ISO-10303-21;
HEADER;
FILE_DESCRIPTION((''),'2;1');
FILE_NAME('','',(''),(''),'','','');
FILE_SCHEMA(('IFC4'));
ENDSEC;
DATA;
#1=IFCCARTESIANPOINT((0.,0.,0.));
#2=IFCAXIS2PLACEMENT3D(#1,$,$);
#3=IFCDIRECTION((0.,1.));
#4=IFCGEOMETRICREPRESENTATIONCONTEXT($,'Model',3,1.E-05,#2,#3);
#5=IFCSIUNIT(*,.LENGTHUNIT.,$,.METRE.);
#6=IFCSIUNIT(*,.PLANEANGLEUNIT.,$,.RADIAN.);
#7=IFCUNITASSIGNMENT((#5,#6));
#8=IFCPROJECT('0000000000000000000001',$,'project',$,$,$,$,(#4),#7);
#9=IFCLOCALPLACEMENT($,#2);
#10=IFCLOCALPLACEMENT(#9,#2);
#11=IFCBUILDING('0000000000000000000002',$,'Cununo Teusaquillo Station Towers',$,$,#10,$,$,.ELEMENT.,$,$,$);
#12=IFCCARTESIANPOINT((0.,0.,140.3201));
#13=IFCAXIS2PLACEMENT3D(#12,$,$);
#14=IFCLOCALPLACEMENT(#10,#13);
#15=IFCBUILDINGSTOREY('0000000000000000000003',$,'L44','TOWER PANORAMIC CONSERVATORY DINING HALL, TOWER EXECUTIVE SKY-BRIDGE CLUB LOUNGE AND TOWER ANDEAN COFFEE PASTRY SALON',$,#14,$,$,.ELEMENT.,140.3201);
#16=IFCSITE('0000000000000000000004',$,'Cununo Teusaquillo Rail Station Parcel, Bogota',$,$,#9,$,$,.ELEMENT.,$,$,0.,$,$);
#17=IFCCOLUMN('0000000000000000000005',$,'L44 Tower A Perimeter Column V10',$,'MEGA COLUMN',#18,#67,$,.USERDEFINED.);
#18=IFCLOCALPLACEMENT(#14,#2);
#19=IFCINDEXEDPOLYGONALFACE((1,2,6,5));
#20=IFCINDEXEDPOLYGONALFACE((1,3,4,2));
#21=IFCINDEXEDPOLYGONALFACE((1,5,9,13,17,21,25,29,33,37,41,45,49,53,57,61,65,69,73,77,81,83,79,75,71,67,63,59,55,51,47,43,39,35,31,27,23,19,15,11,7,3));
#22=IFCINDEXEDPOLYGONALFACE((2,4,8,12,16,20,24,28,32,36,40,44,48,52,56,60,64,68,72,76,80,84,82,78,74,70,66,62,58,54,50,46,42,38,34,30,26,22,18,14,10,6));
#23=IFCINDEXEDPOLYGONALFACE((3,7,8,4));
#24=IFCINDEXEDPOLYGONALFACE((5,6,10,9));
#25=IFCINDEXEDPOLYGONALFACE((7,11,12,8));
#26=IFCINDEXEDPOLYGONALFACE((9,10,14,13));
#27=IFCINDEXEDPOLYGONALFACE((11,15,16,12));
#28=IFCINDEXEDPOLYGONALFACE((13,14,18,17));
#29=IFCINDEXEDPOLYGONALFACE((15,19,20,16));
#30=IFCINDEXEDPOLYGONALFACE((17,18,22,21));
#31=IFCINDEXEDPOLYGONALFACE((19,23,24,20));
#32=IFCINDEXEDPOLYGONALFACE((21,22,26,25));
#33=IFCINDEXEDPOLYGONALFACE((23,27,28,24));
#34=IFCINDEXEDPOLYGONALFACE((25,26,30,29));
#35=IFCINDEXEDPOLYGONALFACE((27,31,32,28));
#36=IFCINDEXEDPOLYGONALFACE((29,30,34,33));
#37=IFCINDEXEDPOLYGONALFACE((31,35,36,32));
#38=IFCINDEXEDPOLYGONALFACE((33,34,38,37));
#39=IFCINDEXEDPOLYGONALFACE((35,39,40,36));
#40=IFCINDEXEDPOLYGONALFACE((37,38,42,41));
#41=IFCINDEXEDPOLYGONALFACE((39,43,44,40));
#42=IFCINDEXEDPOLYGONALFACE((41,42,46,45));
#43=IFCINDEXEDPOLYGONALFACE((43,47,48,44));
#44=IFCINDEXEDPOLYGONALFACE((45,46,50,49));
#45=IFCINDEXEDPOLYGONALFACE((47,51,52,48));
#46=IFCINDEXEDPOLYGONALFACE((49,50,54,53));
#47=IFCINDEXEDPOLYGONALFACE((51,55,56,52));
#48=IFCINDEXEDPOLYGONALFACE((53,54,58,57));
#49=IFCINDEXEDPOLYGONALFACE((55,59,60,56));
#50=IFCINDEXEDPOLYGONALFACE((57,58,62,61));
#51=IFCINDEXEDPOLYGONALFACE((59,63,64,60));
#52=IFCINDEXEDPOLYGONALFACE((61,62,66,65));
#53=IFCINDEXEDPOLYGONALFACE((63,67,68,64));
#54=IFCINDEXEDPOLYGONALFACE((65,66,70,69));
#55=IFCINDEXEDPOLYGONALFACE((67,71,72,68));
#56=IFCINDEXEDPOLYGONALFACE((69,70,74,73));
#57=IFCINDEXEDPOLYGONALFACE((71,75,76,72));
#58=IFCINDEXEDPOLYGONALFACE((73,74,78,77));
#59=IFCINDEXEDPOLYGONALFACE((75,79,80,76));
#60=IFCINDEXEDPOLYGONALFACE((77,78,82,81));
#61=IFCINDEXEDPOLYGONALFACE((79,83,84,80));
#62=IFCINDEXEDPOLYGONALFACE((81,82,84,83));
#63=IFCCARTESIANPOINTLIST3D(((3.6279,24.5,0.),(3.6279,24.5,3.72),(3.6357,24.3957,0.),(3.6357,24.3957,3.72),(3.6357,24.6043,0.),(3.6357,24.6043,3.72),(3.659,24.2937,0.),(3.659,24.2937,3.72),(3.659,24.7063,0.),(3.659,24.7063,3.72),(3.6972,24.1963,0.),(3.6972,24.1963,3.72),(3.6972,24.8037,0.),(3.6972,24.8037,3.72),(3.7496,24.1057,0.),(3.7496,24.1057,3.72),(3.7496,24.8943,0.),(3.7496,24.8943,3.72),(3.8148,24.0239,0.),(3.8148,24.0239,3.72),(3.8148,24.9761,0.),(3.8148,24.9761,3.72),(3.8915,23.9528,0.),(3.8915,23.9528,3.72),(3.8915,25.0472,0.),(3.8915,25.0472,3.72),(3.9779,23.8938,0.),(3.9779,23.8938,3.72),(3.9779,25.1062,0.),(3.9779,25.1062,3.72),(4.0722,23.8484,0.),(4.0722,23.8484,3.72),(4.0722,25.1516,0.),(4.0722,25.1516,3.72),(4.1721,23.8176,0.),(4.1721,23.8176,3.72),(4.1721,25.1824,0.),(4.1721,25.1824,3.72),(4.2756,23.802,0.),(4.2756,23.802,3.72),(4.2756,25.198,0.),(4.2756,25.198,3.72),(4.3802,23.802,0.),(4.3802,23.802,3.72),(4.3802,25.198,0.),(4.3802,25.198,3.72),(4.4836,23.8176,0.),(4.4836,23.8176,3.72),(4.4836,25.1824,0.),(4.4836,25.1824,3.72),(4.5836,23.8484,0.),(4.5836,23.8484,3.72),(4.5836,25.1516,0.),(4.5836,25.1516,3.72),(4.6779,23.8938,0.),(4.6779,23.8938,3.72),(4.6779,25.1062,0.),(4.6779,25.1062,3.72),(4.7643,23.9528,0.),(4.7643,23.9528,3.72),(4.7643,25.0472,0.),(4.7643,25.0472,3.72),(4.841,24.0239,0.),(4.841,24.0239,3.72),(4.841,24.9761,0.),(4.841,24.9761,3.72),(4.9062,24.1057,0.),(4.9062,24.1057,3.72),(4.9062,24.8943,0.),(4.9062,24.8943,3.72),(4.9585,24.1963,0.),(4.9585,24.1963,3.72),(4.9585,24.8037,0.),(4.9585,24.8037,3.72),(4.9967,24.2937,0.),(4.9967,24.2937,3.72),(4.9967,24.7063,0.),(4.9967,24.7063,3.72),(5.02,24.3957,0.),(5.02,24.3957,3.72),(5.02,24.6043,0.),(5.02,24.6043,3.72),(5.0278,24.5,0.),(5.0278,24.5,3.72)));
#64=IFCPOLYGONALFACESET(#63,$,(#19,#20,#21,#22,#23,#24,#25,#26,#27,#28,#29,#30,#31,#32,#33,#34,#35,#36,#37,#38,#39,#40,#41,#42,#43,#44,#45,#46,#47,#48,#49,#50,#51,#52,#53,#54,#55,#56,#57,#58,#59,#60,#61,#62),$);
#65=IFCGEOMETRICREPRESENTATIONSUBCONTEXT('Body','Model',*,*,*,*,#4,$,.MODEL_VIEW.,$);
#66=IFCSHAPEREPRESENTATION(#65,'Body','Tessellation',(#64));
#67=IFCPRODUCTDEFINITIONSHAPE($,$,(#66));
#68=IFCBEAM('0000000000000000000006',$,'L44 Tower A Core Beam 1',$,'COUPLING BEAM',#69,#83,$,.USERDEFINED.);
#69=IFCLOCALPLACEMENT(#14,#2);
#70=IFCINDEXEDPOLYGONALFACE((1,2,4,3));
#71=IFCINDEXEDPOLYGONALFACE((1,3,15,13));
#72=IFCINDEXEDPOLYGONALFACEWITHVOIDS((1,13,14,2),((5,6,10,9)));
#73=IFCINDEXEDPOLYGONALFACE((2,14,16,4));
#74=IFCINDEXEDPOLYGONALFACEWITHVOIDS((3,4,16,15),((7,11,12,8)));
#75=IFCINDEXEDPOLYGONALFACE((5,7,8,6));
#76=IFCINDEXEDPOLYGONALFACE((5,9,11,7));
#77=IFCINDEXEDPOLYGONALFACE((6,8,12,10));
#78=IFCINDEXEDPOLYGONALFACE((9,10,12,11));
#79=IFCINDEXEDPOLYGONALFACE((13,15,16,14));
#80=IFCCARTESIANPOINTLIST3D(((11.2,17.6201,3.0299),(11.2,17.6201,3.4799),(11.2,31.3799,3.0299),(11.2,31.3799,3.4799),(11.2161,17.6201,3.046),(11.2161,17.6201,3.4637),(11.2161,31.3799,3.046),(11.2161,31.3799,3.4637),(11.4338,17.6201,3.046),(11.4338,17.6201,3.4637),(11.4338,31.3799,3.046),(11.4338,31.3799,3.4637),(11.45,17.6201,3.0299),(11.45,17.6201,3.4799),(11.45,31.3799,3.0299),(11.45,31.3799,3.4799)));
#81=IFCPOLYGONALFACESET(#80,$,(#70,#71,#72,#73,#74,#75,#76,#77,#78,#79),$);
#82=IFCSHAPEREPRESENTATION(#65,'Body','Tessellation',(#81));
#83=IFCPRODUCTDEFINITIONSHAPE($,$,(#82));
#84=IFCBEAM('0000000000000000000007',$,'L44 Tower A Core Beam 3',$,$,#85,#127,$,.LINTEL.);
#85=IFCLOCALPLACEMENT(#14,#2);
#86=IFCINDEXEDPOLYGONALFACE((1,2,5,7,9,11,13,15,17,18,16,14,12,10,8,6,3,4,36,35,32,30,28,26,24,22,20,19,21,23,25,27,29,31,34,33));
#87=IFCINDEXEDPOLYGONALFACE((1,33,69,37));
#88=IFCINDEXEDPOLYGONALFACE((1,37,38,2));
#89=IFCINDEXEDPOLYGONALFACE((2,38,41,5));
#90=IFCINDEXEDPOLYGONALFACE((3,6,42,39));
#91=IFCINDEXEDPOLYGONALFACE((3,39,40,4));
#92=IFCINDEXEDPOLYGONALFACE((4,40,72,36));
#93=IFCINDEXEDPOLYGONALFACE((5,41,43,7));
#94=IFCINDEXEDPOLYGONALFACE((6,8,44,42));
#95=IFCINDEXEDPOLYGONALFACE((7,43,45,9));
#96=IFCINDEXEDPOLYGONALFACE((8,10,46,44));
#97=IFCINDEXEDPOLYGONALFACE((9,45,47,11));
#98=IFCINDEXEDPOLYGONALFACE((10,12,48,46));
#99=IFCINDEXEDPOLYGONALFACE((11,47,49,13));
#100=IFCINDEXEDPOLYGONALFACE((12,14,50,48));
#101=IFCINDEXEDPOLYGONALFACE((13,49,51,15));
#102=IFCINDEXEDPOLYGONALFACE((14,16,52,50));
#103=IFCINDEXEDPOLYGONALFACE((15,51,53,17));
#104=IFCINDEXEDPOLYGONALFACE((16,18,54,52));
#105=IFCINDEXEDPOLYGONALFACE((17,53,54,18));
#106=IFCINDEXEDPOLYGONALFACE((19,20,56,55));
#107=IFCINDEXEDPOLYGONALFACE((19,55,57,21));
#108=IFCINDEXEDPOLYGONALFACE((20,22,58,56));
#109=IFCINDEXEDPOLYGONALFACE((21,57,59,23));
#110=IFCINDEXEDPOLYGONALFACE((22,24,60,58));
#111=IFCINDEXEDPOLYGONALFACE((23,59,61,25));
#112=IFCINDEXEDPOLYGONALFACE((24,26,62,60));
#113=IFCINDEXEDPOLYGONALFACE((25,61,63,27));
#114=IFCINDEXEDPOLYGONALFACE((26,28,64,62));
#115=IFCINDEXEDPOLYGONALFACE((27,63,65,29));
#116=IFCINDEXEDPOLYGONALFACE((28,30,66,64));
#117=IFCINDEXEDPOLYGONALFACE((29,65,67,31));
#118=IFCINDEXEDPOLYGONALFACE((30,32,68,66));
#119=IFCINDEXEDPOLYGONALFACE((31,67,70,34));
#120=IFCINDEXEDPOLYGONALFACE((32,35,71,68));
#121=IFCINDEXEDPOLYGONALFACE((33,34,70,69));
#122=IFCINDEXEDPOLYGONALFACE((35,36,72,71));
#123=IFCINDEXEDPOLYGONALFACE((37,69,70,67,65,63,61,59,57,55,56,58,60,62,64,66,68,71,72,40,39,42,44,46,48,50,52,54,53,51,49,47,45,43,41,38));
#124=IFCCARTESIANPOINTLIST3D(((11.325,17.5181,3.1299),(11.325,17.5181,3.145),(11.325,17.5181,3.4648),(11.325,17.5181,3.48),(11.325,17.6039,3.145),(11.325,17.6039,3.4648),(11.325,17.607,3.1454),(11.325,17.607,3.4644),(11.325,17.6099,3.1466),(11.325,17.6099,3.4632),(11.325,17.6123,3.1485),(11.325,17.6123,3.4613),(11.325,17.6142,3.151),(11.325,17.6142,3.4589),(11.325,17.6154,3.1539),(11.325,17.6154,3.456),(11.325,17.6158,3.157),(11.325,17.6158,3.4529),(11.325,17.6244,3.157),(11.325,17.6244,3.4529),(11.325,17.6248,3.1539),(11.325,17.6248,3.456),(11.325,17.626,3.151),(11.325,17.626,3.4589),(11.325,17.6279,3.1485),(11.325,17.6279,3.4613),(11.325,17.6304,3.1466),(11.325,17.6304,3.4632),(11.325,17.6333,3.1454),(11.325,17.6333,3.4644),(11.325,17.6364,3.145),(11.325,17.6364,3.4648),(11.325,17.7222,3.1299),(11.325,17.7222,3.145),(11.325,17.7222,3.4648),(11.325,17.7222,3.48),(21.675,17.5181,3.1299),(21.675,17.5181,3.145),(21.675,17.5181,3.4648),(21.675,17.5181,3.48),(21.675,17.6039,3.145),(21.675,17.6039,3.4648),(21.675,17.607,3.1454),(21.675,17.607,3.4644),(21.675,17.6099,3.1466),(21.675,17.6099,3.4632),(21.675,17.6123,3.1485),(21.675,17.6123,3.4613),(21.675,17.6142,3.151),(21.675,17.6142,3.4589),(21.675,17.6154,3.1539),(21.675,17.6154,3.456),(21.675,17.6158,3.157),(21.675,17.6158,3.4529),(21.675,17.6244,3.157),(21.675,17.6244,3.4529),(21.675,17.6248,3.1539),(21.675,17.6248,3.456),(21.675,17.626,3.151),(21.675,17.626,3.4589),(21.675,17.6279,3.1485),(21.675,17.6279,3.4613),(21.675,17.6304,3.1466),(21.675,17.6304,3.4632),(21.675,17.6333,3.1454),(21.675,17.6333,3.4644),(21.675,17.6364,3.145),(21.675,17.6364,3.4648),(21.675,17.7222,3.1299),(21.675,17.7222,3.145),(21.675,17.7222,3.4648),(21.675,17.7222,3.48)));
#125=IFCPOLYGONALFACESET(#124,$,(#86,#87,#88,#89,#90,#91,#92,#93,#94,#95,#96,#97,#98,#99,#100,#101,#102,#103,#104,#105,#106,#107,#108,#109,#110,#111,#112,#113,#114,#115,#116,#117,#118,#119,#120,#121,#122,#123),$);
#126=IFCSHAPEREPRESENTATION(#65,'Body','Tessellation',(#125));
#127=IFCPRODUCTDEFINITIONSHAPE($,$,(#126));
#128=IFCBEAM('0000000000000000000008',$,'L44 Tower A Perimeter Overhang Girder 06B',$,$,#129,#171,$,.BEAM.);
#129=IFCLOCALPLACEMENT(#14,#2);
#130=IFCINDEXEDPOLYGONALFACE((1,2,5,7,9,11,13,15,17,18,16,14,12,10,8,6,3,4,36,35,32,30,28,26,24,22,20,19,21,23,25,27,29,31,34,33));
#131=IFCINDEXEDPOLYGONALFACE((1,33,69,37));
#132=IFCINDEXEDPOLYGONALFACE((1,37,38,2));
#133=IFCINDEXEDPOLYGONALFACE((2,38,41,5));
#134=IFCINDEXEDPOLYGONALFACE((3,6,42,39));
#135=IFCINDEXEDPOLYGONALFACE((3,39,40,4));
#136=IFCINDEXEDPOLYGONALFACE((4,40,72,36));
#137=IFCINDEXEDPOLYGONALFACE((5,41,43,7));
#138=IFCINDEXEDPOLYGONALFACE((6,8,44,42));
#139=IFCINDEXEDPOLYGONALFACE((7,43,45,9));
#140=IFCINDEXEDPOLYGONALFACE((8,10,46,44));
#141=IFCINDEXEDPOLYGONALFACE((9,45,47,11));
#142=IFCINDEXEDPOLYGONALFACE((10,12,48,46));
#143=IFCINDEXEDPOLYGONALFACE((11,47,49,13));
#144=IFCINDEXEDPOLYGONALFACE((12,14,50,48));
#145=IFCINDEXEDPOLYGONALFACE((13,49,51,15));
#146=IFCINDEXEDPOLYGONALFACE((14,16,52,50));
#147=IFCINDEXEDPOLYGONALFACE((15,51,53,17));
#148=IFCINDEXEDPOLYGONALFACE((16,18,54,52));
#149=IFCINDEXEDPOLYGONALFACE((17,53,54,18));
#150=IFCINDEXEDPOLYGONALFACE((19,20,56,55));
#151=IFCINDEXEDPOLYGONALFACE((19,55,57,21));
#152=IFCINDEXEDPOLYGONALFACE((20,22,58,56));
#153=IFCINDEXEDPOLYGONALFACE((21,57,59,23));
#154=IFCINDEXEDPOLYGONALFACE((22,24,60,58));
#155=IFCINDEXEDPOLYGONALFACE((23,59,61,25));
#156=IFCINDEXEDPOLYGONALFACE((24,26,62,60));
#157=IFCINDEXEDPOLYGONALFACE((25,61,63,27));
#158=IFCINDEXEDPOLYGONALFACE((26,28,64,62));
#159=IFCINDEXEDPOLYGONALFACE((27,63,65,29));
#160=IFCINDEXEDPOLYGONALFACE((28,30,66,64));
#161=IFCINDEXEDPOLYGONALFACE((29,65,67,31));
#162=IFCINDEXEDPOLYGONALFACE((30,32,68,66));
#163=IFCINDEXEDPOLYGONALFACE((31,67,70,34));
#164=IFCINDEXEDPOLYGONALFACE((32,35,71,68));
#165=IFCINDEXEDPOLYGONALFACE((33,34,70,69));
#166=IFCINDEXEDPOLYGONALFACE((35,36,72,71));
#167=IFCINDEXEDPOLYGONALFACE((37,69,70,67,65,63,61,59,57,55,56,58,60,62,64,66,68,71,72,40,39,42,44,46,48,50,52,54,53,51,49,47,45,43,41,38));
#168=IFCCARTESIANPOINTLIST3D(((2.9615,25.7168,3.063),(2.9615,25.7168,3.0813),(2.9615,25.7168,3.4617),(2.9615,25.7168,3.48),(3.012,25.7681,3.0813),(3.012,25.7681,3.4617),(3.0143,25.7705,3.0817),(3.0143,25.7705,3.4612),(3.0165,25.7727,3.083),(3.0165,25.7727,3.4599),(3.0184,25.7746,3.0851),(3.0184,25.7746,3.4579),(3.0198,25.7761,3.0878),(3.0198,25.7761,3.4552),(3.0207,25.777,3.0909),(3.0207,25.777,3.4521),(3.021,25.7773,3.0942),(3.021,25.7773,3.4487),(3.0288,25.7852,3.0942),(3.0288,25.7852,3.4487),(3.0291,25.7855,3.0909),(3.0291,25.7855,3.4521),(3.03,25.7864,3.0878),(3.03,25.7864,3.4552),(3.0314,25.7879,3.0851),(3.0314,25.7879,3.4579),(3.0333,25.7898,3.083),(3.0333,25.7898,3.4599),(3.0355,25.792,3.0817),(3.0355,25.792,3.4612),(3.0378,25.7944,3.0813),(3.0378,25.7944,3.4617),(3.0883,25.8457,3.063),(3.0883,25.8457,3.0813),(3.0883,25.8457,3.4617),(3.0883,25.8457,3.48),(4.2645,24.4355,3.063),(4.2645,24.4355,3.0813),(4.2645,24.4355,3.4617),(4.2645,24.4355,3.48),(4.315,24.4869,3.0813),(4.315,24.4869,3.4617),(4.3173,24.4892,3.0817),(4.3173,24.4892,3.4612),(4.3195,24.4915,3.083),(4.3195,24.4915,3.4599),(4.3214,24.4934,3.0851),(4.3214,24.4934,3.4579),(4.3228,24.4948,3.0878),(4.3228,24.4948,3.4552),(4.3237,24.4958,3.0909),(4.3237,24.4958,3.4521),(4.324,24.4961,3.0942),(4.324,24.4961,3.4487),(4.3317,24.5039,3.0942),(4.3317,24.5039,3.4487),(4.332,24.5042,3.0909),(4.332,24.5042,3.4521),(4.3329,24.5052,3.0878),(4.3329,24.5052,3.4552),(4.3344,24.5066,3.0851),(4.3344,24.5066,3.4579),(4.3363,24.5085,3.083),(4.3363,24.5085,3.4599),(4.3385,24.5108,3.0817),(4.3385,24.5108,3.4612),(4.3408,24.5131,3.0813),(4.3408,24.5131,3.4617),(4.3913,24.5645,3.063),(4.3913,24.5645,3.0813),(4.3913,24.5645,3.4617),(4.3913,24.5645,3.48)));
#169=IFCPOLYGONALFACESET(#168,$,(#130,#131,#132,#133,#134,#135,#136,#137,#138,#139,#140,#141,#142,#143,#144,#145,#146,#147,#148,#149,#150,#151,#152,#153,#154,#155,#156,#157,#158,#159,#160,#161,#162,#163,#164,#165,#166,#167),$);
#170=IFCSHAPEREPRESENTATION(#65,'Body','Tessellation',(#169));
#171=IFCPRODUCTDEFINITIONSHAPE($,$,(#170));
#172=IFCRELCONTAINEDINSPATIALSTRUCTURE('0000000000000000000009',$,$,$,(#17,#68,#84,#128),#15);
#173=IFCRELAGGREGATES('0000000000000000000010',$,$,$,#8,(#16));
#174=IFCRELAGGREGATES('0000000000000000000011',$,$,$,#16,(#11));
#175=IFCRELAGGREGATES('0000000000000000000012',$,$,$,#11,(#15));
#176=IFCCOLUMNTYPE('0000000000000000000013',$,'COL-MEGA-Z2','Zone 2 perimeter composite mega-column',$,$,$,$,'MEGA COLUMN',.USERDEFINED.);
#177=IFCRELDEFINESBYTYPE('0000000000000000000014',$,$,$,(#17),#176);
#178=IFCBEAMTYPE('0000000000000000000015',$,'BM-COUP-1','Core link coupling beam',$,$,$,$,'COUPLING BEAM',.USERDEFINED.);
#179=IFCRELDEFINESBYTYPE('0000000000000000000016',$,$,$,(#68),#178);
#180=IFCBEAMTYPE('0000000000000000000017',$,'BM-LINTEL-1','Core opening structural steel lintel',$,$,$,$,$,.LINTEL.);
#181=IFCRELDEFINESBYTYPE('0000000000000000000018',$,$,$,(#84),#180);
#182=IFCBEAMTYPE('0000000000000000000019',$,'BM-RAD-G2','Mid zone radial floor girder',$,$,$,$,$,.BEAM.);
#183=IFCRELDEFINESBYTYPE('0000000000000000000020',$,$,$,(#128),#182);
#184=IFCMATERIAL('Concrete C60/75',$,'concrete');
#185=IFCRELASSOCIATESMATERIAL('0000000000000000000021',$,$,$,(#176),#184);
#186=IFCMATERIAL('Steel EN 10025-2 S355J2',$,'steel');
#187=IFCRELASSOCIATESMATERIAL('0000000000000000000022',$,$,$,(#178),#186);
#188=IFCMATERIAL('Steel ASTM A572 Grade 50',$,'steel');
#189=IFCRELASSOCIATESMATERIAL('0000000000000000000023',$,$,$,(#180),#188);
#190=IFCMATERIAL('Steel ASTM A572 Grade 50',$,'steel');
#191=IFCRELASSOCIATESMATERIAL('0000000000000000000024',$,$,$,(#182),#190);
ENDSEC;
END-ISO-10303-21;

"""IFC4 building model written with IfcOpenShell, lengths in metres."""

from ifc_helpers import new_model, si_unit, direction, frame, origin, origin_2d, place, context, subcontext, project, spatial, hollow_rectangle, circle, i_section, extrude, material, material_profile, profile_set, type_object, element, save


model = new_model("IFC4")

# Units and contexts
model_context = context("Model", 3, precision=1e-05, world=origin(), true_north=direction((0.0, 1.0)))
body_context = subcontext(model_context, "Body", "Model", "MODEL_VIEW")
ifc_project = project(units=[si_unit("LENGTHUNIT", "METRE"), si_unit("PLANEANGLEUNIT", "RADIAN")], contexts=[model_context])

# Site, building, storey
site_placement = place(None, origin())
site = spatial("IfcSite", under=ifc_project, at=site_placement, Name="Cununo Teusaquillo Rail Station Parcel, Bogota", CompositionType="ELEMENT", RefElevation=0.0)
building_placement = place(site_placement, origin())
building = spatial("IfcBuilding", under=site, at=building_placement, Name="Cununo Teusaquillo Station Towers", CompositionType="ELEMENT")
storey_placement = place(building_placement, frame((0.0, 0.0, 140.3201)))
storey = spatial("IfcBuildingStorey", under=building, at=storey_placement, Name="L44", Description="TOWER PANORAMIC CONSERVATORY DINING HALL, TOWER EXECUTIVE SKY-BRIDGE CLUB LOUNGE AND TOWER ANDEAN COFFEE PASTRY SALON", CompositionType="ELEMENT", Elevation=140.3201)

# Column
ifc_material_1 = material(Name="Concrete C60/75", Category="concrete")
ifc_material_profile_1 = material_profile(ifc_material_1, circle(Radius=0.7, at=origin_2d()), Name="RC-CIRC-1400")
ifc_profile_set_1 = profile_set([ifc_material_profile_1], Name="Concrete C60/75")
column_type = type_object("IfcColumnType", Name="COL-MEGA-Z2", Description="Zone 2 perimeter composite mega-column", ElementType="MEGA COLUMN", PredefinedType="USERDEFINED", material=ifc_profile_set_1)
column_placement = place(storey_placement, frame((4.3279, 24.5, 0.0), z_axis=(0.0, 0.0, 1.0), x_axis=(1.0, 0.0, 0.0)))
element("IfcColumn", 1, at=column_placement, inside=storey, type_object=column_type, Name="L44 Tower A Perimeter Column V10", ObjectType="MEGA COLUMN", PredefinedType="USERDEFINED", context=body_context, shape_type="SweptSolid", body=[
    extrude(circle(Radius=0.7, at=origin_2d()), origin(), (0.0, 0.0, 1.0), 3.72),
])

# Beams
ifc_material_2 = material(Name="Steel EN 10025-2 S355J2", Category="steel")
ifc_material_profile_2 = material_profile(ifc_material_2, hollow_rectangle(XDim=0.25, YDim=0.45, WallThickness=0.0161, at=origin_2d()), Name="RHS 450x250x16")
ifc_profile_set_2 = profile_set([ifc_material_profile_2], Name="Steel EN 10025-2 S355J2")
beam_type_1 = type_object("IfcBeamType", Name="BM-COUP-1", Description="Core link coupling beam", ElementType="COUPLING BEAM", PredefinedType="USERDEFINED", material=ifc_profile_set_2)
beam_1_placement = place(storey_placement, frame((11.325, 17.6201, 3.2549), z_axis=(0.0, 1.0, 0.0), x_axis=(-1.0, 0.0, 0.0)))
element("IfcBeam", 2, at=beam_1_placement, inside=storey, type_object=beam_type_1, Name="L44 Tower A Core Beam 1", ObjectType="COUPLING BEAM", PredefinedType="USERDEFINED", context=body_context, shape_type="SweptSolid", body=[
    extrude(hollow_rectangle(XDim=0.25, YDim=0.45, WallThickness=0.0161, at=origin_2d()), origin(), (0.0, 0.0, 1.0), 13.7598),
])
ifc_material_3 = material(Name="Steel ASTM A572 Grade 50", Category="steel")
ifc_material_profile_3 = material_profile(ifc_material_3, i_section(OverallWidth=0.2041, OverallDepth=0.3501, WebThickness=0.0085, FlangeThickness=0.0151, FilletRadius=0.012, at=origin_2d()), Name="W14X48")
ifc_profile_set_3 = profile_set([ifc_material_profile_3], Name="Steel ASTM A572 Grade 50")
beam_type_2 = type_object("IfcBeamType", Name="BM-LINTEL-1", Description="Core opening structural steel lintel", PredefinedType="LINTEL", material=ifc_profile_set_3)
beam_2_placement = place(storey_placement, frame((11.325, 17.6201, 3.3049), z_axis=(1.0, 0.0, 0.0), x_axis=(0.0, 1.0, 0.0)))
element("IfcBeam", 3, at=beam_2_placement, inside=storey, type_object=beam_type_2, Name="L44 Tower A Core Beam 3", PredefinedType="LINTEL", context=body_context, shape_type="SweptSolid", body=[
    extrude(i_section(OverallWidth=0.2041, OverallDepth=0.3501, WebThickness=0.0085, FlangeThickness=0.0151, FilletRadius=0.012, at=origin_2d()), origin(), (0.0, 0.0, 1.0), 10.3501),
])
ifc_material_4 = material(Name="Steel ASTM A572 Grade 50", Category="steel")
ifc_material_profile_4 = material_profile(ifc_material_4, i_section(OverallWidth=0.1809, OverallDepth=0.417, WebThickness=0.011, FlangeThickness=0.0183, FilletRadius=0.0129, at=origin_2d()), Name="W16X57")
ifc_profile_set_4 = profile_set([ifc_material_profile_4], Name="Steel ASTM A572 Grade 50")
beam_type_3 = type_object("IfcBeamType", Name="BM-RAD-G2", Description="Mid zone radial floor girder", PredefinedType="BEAM", material=ifc_profile_set_4)
beam_3_placement = place(storey_placement, frame((4.3279, 24.5, 3.2715), z_axis=(-0.713027, 0.701137, 0.0), x_axis=(-0.701137, -0.713027, 0.0)))
element("IfcBeam", 4, at=beam_3_placement, inside=storey, type_object=beam_type_3, Name="L44 Tower A Perimeter Overhang Girder 06B", PredefinedType="BEAM", context=body_context, shape_type="SweptSolid", body=[
    extrude(i_section(OverallWidth=0.1809, OverallDepth=0.417, WebThickness=0.011, FlangeThickness=0.0183, FilletRadius=0.0129, at=origin_2d()), origin(), (0.0, 0.0, 1.0), 1.8274),
])

save(model, "model.ifc")
